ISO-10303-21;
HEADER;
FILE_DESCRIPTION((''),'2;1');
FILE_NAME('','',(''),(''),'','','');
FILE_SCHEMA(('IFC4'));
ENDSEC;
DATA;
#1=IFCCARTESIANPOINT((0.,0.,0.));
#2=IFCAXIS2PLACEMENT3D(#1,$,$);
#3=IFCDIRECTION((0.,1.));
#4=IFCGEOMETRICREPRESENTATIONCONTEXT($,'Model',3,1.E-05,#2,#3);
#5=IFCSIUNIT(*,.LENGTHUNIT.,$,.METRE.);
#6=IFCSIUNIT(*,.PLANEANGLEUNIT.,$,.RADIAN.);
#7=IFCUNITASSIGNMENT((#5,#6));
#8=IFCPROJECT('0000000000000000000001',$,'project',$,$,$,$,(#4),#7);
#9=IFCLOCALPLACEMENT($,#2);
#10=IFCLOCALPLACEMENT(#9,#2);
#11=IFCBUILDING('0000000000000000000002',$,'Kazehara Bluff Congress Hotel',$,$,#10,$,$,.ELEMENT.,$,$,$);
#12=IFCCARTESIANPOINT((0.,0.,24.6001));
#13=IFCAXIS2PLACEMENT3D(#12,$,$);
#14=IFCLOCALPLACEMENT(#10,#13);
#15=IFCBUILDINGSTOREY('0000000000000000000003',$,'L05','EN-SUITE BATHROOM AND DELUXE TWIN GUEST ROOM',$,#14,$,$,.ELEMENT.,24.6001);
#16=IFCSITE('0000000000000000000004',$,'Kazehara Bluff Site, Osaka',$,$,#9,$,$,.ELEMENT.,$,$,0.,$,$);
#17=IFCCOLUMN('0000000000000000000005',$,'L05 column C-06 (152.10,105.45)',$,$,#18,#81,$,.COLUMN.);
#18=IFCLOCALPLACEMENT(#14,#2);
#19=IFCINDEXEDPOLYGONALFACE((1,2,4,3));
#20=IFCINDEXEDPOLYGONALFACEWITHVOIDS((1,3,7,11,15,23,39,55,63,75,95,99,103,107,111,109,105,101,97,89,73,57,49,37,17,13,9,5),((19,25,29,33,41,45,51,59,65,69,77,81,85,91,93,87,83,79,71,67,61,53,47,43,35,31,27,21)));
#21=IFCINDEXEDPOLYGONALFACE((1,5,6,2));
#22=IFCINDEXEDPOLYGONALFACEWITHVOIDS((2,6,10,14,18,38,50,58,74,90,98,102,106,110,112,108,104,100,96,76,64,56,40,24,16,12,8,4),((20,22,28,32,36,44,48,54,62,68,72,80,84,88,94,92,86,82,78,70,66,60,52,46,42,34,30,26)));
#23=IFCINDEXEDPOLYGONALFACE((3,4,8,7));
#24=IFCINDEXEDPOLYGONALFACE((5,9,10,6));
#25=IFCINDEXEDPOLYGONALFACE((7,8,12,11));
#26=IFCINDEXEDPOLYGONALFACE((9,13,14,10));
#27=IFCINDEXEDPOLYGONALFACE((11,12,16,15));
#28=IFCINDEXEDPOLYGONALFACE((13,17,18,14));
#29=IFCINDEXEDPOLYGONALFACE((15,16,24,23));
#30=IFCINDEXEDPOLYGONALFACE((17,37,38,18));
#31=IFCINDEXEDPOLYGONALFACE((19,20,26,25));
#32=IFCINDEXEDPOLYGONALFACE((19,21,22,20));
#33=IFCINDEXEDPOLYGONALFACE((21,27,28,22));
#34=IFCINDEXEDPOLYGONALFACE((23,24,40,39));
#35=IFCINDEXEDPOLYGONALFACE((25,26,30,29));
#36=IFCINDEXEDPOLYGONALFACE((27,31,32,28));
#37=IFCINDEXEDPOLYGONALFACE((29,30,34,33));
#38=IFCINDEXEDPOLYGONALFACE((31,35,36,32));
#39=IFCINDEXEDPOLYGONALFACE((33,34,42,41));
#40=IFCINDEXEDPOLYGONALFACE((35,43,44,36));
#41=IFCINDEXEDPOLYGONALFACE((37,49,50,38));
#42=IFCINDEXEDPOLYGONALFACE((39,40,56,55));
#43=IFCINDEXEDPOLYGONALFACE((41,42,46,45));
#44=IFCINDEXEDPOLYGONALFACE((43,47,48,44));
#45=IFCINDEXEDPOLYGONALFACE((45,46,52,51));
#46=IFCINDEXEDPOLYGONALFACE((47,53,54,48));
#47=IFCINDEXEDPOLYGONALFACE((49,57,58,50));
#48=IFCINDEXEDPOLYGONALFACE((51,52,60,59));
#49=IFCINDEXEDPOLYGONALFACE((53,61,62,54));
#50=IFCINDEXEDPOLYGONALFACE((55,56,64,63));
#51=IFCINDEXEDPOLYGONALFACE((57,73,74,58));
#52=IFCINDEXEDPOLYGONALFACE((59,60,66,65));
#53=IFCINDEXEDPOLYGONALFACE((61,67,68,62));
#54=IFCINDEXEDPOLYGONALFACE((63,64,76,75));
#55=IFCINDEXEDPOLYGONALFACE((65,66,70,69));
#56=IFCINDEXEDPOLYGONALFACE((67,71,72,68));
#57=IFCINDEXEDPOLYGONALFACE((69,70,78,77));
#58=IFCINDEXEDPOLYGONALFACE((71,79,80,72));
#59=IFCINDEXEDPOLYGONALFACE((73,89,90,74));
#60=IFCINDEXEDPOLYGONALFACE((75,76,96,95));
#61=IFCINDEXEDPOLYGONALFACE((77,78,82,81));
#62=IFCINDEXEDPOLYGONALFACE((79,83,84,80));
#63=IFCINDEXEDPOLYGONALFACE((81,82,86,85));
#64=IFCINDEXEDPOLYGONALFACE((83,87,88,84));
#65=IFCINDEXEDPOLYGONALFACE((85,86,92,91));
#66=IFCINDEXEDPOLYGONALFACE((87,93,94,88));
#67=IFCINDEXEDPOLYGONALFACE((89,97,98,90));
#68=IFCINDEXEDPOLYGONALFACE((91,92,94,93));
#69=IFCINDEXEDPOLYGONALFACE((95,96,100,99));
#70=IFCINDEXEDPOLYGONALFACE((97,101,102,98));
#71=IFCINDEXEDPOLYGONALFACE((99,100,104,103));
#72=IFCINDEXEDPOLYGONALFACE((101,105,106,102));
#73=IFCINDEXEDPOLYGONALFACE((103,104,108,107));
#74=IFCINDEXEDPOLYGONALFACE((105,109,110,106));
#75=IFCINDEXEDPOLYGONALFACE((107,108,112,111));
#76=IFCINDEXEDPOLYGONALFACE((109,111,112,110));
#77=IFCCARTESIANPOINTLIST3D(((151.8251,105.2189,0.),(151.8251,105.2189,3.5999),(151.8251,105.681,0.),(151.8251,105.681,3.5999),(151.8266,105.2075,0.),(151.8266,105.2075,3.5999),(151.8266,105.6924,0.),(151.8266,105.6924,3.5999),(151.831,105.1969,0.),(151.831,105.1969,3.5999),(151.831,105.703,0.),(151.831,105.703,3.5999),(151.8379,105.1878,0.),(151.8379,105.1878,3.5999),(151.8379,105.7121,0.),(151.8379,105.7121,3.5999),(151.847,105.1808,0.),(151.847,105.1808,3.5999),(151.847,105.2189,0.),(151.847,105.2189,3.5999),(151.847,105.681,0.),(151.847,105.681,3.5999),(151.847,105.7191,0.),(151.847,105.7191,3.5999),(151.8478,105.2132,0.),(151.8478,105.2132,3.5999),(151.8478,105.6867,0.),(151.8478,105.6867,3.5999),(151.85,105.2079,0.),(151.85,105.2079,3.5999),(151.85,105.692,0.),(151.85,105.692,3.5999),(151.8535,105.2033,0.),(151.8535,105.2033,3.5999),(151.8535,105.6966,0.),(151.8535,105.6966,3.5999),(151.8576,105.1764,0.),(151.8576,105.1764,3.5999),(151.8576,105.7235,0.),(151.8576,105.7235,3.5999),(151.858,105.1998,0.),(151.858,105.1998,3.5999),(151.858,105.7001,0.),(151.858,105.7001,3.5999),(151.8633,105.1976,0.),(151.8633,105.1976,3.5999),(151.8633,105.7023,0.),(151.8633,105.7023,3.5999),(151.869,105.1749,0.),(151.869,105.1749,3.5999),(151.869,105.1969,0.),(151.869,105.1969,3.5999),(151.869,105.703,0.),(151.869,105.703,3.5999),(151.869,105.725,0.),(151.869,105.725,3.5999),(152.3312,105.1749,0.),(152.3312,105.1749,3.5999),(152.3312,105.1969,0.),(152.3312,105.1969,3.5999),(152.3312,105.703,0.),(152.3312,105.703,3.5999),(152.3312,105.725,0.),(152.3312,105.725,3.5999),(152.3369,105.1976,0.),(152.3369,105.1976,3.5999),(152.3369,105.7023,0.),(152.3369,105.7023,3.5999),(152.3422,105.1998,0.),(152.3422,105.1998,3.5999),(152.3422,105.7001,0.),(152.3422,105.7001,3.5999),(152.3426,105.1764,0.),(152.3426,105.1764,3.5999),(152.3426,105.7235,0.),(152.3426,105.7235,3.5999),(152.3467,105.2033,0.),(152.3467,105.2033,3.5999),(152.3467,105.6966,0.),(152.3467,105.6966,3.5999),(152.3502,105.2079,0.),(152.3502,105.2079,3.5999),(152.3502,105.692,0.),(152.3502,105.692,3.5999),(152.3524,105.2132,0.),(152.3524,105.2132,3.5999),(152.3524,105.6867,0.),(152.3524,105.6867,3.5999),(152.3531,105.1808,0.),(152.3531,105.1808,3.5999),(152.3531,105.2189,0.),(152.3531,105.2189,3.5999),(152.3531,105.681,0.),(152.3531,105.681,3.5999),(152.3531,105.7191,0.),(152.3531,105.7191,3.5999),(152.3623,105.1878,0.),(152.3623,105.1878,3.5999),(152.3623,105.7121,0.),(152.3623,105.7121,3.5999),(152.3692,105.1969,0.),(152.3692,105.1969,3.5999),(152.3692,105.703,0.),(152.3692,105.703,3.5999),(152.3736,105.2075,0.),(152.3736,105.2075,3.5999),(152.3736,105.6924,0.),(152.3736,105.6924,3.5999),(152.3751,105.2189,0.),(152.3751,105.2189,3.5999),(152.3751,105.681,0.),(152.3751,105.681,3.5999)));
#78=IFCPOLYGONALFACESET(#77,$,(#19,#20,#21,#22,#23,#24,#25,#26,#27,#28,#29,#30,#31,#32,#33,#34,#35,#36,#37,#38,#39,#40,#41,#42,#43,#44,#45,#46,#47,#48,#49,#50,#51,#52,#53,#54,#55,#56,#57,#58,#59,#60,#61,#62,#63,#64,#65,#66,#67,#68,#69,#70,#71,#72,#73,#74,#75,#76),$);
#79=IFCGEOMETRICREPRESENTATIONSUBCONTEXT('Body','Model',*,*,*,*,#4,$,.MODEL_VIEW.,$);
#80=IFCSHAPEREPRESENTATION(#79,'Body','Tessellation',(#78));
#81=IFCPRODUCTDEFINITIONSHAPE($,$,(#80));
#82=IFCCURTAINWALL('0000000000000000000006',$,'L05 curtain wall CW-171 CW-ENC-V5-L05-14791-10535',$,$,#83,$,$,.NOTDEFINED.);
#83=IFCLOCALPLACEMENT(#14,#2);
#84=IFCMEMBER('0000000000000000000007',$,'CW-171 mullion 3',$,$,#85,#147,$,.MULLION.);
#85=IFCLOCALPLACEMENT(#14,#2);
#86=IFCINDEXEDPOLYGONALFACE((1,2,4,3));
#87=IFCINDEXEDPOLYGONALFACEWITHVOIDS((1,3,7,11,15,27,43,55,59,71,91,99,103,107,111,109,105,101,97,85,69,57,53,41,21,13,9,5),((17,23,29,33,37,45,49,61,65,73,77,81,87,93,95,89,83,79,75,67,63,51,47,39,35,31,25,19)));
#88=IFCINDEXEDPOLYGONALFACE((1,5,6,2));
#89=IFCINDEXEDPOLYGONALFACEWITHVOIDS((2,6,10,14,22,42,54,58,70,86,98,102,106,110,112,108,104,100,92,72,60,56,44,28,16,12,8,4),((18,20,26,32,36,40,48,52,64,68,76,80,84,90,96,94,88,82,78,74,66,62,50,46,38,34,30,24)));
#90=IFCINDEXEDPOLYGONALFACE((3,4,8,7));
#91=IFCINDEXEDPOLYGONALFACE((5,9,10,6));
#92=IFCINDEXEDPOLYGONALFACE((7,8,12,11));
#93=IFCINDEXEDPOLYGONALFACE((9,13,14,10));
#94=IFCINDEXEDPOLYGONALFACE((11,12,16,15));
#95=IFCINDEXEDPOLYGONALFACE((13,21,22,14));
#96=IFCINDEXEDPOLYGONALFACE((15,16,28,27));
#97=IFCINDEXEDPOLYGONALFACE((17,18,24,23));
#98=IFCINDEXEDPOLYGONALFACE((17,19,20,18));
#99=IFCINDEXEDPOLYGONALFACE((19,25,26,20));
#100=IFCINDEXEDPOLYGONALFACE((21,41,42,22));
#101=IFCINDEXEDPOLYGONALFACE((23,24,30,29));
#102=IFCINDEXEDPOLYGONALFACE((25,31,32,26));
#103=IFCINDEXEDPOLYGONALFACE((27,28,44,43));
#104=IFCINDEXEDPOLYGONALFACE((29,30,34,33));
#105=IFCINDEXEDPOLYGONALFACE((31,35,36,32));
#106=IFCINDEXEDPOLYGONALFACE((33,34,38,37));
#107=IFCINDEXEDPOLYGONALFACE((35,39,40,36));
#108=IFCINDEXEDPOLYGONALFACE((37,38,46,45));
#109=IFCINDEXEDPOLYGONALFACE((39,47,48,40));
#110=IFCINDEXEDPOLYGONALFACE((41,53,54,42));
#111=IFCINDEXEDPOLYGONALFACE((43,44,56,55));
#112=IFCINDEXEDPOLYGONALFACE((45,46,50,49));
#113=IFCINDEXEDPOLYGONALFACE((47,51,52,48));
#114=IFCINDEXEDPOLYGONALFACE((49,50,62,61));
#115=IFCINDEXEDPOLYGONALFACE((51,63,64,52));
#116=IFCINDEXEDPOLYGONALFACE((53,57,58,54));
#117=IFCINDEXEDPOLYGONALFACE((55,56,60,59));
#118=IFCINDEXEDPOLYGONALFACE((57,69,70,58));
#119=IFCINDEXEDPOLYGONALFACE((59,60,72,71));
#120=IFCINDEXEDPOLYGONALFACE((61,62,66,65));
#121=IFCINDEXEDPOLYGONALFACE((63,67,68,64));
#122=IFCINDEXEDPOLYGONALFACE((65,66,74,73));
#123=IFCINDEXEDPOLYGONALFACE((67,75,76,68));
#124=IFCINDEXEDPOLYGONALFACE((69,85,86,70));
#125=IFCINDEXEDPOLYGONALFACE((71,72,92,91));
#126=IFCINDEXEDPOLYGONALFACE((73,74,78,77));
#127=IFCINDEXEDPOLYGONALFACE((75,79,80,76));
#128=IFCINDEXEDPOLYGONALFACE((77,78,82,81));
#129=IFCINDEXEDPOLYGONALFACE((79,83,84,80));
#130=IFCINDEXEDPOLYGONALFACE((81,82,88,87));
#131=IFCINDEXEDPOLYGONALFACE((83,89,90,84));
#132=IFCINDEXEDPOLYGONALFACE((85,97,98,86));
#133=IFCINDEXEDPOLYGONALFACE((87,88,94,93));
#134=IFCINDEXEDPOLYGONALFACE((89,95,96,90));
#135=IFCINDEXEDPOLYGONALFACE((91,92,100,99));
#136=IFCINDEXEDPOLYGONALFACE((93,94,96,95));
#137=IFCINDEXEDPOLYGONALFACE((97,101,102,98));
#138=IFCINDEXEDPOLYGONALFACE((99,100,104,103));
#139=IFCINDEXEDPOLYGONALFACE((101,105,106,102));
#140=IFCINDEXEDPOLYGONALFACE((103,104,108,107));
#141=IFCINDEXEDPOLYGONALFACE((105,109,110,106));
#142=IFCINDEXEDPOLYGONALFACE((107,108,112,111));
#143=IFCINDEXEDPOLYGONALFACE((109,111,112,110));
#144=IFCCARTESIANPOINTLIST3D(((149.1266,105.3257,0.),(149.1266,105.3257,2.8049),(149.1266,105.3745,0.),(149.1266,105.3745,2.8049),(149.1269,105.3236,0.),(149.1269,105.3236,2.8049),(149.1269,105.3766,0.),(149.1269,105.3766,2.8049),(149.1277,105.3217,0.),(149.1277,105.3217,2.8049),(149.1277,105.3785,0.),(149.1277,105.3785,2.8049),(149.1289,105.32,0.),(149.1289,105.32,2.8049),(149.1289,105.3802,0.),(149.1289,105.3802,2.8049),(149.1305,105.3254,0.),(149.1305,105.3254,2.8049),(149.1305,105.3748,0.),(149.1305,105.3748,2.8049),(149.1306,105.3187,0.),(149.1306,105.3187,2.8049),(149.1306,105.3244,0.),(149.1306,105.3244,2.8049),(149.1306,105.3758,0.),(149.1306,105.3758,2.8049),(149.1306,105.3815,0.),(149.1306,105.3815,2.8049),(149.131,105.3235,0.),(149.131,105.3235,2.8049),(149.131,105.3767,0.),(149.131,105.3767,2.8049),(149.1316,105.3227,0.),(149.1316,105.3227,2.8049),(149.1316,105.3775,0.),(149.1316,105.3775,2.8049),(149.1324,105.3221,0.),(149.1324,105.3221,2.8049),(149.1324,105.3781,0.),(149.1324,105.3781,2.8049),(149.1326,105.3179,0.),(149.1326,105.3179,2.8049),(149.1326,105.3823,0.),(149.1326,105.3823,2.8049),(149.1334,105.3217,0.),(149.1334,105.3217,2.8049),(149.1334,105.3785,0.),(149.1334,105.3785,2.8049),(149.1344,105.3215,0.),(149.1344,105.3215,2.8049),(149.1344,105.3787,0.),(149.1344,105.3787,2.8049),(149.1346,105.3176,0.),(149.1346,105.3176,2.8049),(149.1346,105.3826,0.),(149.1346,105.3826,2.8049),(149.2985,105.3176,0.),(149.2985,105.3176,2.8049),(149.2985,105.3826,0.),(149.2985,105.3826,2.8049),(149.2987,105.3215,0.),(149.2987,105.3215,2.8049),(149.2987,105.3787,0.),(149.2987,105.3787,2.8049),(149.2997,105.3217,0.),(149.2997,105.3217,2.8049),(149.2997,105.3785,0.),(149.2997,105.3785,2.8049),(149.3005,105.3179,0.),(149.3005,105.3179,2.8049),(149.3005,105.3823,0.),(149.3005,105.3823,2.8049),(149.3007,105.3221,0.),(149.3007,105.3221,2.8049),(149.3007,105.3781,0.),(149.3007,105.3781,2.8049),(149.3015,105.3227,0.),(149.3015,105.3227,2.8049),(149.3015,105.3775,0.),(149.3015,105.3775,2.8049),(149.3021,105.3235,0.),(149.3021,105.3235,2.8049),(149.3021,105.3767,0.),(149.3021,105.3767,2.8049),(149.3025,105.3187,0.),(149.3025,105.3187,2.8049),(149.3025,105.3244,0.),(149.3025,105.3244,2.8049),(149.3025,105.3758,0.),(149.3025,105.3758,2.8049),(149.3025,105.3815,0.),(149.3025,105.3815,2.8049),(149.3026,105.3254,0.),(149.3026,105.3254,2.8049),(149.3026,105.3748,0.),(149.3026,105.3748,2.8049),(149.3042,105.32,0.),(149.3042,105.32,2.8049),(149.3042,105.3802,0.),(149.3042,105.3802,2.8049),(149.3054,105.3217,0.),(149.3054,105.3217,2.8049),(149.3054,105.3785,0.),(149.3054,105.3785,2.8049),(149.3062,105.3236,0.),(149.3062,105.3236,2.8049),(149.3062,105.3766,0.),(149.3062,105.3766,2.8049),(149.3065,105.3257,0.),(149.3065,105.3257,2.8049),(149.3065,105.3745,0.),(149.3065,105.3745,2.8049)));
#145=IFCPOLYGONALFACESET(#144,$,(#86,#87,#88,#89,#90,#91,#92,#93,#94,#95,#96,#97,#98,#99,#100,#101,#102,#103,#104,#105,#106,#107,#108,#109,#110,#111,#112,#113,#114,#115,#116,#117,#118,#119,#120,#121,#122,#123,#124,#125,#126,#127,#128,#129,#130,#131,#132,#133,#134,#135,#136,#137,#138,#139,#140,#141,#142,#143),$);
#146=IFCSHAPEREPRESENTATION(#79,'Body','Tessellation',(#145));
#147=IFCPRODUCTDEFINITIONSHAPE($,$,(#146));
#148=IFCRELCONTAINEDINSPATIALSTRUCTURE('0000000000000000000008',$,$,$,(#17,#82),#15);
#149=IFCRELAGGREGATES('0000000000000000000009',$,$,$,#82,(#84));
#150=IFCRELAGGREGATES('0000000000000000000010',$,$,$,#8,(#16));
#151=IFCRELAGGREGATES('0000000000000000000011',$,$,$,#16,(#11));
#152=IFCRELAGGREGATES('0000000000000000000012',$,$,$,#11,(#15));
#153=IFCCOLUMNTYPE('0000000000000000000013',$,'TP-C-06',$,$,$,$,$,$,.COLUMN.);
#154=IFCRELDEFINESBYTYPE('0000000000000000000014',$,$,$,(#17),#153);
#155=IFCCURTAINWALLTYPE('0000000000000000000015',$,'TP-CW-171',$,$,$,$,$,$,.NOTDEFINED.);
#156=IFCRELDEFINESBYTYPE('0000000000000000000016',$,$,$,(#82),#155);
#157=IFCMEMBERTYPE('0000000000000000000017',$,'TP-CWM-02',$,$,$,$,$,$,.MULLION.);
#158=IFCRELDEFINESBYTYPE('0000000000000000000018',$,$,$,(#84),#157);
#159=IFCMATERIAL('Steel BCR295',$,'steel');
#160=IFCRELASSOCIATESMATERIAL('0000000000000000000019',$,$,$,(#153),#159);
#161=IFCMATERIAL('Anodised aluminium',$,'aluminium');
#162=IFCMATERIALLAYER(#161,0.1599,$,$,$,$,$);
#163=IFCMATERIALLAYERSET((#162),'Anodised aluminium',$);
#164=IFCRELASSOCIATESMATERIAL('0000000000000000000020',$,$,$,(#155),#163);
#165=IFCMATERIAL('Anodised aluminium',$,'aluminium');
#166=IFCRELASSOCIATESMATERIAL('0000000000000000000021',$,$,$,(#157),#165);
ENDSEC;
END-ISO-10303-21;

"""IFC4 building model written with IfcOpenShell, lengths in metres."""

from ifc_helpers import new_model, si_unit, direction, frame, origin, origin_2d, place, context, subcontext, project, spatial, hollow_rectangle, extrude, material, layer, layer_set, material_profile, profile_set, type_object, element, aggregate, save


model = new_model("IFC4")

# Units and contexts
model_context = context("Model", 3, precision=1e-05, world=origin(), true_north=direction((0.0, 1.0)))
body_context = subcontext(model_context, "Body", "Model", "MODEL_VIEW")
ifc_project = project(units=[si_unit("LENGTHUNIT", "METRE"), si_unit("PLANEANGLEUNIT", "RADIAN")], contexts=[model_context])

# Site, building, storey
site_placement = place(None, origin())
site = spatial("IfcSite", under=ifc_project, at=site_placement, Name="Kazehara Bluff Site, Osaka", CompositionType="ELEMENT", RefElevation=0.0)
building_placement = place(site_placement, origin())
building = spatial("IfcBuilding", under=site, at=building_placement, Name="Kazehara Bluff Congress Hotel", CompositionType="ELEMENT")
storey_placement = place(building_placement, frame((0.0, 0.0, 24.6001)))
storey = spatial("IfcBuildingStorey", under=building, at=storey_placement, Name="L05", Description="EN-SUITE BATHROOM AND DELUXE TWIN GUEST ROOM", CompositionType="ELEMENT", Elevation=24.6001)

# Column
ifc_material_1 = material(Name="Steel BCR295", Category="steel")
ifc_material_profile_1 = material_profile(ifc_material_1, hollow_rectangle(XDim=0.55, YDim=0.55, WallThickness=0.022, InnerFilletRadius=0.022, OuterFilletRadius=0.0439, at=origin_2d()))
ifc_profile_set_1 = profile_set([ifc_material_profile_1], Name="Steel BCR295")
column_type = type_object("IfcColumnType", Name="TP-C-06", PredefinedType="COLUMN", material=ifc_profile_set_1)
column_placement = place(storey_placement, frame((152.1001, 105.45, 0.0), z_axis=(0.0, 0.0, 1.0), x_axis=(1.0, 0.0, 0.0)))
element("IfcColumn", 1, at=column_placement, inside=storey, type_object=column_type, Name="L05 column C-06 (152.10,105.45)", PredefinedType="COLUMN", context=body_context, shape_type="SweptSolid", body=[
    extrude(hollow_rectangle(XDim=0.55, YDim=0.55, WallThickness=0.022, InnerFilletRadius=0.022, OuterFilletRadius=0.0439, at=origin_2d()), origin(), (0.0, 0.0, 1.0), 3.5999),
])

# Curtain wall, member
ifc_material_2 = material(Name="Anodised aluminium", Category="aluminium")
ifc_layer_1 = layer(ifc_material_2, 0.1599)
ifc_layer_set_1 = layer_set([ifc_layer_1], Name="Anodised aluminium")
curtain_wall_type_1 = type_object("IfcCurtainWallType", Name="TP-CW-171", PredefinedType="NOTDEFINED", material=ifc_layer_set_1)
curtain_wall_1_placement = place(storey_placement, origin())
curtain_wall_1 = element("IfcCurtainWall", 2, at=curtain_wall_1_placement, inside=storey, type_object=curtain_wall_type_1, Name="L05 curtain wall CW-171 CW-ENC-V5-L05-14791-10535", PredefinedType="NOTDEFINED")
ifc_material_3 = material(Name="Anodised aluminium", Category="aluminium")
ifc_material_profile_2 = material_profile(ifc_material_3, hollow_rectangle(XDim=0.0649, YDim=0.1799, WallThickness=0.0039, InnerFilletRadius=0.0039, OuterFilletRadius=0.0081, at=origin_2d()))
ifc_profile_set_2 = profile_set([ifc_material_profile_2], Name="Anodised aluminium")
member_type_1 = type_object("IfcMemberType", Name="TP-CWM-02", PredefinedType="MULLION", material=ifc_profile_set_2)
member_1_placement = place(storey_placement, frame((149.2166, 105.3501, 0.0), z_axis=(0.0, 0.0, 1.0), x_axis=(0.0, 1.0, 0.0)))
member_1 = element("IfcMember", 3, at=member_1_placement, type_object=member_type_1, Name="CW-171 mullion 3", PredefinedType="MULLION", context=body_context, shape_type="SweptSolid", body=[
    extrude(hollow_rectangle(XDim=0.0649, YDim=0.1799, WallThickness=0.0039, InnerFilletRadius=0.0039, OuterFilletRadius=0.0081, at=origin_2d()), origin(), (0.0, 0.0, 1.0), 2.8049),
])

aggregate(curtain_wall_1, [member_1])

save(model, "model.ifc")
